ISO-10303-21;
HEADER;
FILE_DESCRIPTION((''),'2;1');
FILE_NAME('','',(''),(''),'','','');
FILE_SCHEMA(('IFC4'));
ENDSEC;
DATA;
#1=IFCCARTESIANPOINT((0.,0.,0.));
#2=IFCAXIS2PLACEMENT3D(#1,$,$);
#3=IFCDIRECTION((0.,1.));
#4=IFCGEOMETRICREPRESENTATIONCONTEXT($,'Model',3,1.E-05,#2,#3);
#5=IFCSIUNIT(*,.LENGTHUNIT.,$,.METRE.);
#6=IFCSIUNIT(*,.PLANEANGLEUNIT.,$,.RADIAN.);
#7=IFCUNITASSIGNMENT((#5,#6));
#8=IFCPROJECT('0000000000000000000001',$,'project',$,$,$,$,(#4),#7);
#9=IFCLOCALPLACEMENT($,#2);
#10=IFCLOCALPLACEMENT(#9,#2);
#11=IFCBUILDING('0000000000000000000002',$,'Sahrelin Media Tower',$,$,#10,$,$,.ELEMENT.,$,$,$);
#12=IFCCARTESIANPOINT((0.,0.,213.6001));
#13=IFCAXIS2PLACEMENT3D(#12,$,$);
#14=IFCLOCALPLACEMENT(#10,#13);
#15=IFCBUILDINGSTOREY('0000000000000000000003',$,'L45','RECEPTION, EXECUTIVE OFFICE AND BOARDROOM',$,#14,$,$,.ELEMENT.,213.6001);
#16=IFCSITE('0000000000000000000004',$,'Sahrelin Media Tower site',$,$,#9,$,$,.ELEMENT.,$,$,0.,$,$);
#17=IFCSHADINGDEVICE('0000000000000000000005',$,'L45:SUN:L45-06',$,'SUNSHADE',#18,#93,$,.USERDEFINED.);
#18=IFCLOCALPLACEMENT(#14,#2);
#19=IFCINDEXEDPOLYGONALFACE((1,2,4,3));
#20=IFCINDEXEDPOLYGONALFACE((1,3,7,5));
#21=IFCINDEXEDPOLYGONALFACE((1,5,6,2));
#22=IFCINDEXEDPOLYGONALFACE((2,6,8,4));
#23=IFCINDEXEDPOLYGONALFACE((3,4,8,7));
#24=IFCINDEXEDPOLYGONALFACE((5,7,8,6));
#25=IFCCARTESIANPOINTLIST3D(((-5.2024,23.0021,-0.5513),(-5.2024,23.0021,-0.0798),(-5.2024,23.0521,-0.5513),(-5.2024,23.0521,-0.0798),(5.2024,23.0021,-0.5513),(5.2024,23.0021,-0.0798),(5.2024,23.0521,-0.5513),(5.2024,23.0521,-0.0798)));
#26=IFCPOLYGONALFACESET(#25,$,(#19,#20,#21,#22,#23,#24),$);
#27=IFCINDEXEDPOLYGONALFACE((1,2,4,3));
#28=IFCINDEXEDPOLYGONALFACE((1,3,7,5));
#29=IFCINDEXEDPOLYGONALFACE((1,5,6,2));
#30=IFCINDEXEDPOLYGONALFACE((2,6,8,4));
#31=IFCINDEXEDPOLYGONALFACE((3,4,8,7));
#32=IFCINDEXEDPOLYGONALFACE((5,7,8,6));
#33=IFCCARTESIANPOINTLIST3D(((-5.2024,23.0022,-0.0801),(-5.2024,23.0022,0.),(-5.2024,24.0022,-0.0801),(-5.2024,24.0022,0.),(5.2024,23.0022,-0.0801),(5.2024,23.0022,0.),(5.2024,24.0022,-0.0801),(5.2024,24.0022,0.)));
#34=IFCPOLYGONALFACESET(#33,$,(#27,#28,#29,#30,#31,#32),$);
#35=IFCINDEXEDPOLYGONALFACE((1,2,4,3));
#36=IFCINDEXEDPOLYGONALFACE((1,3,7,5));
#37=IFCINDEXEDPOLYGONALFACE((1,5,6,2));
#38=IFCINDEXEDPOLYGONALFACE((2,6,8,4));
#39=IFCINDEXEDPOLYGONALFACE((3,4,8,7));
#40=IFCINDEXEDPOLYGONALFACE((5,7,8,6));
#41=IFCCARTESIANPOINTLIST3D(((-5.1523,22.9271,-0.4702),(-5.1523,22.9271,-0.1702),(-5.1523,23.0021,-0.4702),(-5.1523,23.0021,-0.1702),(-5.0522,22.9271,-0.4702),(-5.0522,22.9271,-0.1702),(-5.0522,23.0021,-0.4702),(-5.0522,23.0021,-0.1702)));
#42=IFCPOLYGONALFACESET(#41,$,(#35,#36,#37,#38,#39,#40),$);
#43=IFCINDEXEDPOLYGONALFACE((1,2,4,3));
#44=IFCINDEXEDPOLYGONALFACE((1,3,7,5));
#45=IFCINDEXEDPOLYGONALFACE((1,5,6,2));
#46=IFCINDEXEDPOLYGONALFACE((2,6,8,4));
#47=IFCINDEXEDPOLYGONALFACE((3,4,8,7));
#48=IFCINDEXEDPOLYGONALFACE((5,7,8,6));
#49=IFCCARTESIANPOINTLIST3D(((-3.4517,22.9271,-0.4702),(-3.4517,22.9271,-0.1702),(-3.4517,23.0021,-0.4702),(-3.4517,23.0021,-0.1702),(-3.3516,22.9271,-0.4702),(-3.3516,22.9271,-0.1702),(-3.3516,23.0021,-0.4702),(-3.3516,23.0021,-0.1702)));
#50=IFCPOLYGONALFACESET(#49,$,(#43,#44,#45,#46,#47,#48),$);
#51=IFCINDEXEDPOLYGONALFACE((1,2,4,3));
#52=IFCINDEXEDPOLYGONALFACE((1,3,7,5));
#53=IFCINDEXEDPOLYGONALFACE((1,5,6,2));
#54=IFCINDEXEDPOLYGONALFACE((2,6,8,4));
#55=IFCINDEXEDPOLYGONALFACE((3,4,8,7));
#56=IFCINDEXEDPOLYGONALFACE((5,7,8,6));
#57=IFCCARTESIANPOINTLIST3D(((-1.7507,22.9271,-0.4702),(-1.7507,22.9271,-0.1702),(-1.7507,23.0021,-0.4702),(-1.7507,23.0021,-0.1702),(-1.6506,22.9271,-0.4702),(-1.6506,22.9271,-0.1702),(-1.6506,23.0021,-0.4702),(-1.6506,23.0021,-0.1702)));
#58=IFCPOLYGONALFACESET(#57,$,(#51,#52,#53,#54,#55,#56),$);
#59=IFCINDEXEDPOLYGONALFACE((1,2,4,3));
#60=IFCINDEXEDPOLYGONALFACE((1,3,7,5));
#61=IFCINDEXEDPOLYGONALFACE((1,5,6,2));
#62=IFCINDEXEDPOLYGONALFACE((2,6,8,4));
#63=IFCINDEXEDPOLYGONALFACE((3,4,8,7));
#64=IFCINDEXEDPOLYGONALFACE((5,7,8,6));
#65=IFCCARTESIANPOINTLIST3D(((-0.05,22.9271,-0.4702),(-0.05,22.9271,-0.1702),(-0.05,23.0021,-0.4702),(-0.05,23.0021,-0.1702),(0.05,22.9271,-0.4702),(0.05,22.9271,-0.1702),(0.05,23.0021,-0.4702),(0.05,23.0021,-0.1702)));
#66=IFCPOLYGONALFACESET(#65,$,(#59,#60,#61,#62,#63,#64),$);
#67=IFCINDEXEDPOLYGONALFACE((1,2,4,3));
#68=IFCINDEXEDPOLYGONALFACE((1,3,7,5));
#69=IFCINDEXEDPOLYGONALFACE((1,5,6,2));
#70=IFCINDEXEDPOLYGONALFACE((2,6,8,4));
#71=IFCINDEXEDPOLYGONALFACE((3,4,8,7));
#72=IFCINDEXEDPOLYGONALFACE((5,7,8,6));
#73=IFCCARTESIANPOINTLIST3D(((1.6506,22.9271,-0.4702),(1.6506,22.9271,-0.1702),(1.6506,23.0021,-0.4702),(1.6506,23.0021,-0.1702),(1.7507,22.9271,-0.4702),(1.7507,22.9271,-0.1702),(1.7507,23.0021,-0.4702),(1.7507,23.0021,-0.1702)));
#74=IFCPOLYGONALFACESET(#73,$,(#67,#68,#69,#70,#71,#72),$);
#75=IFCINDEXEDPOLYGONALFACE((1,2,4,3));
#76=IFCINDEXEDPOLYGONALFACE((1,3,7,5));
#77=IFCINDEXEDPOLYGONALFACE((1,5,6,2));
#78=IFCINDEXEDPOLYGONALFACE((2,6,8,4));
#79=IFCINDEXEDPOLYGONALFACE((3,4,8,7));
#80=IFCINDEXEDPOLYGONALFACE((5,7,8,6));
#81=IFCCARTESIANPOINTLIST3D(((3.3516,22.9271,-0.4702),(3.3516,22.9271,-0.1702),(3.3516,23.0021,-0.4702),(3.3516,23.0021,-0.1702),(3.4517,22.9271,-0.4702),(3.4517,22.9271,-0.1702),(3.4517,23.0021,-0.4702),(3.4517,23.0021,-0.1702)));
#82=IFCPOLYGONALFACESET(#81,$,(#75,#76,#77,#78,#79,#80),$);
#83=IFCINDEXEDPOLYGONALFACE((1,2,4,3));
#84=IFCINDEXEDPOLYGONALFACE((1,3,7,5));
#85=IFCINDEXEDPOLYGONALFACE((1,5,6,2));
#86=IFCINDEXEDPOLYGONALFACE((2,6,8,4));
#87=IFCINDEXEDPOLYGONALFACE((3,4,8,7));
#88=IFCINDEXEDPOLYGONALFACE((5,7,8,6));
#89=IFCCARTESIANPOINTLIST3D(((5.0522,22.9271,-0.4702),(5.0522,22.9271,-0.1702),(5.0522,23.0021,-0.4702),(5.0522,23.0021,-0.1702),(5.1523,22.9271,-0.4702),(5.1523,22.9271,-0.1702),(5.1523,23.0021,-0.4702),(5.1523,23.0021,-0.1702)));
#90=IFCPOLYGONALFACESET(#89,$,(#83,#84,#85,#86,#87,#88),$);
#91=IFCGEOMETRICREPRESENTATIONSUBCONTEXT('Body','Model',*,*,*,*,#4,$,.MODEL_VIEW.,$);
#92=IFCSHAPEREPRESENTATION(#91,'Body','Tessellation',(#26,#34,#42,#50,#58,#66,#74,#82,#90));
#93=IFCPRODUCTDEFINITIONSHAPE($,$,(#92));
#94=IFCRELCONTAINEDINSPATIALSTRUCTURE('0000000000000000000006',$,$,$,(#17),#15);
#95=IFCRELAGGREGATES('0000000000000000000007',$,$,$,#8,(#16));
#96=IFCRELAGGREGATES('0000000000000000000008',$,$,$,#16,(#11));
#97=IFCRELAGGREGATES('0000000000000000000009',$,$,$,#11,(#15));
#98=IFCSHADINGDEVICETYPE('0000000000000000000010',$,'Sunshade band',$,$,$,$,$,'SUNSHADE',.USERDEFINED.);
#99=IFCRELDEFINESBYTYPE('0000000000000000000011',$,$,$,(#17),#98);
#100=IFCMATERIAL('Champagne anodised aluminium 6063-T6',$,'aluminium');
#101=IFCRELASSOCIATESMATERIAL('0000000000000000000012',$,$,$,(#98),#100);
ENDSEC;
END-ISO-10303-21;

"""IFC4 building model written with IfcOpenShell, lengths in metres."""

from ifc_helpers import new_model, si_unit, direction, frame, origin, origin_2d, place, context, subcontext, project, spatial, rectangle, extrude, material, type_object, element, save


model = new_model("IFC4")

# Units and contexts
model_context = context("Model", 3, precision=1e-05, world=origin(), true_north=direction((0.0, 1.0)))
body_context = subcontext(model_context, "Body", "Model", "MODEL_VIEW")
ifc_project = project(units=[si_unit("LENGTHUNIT", "METRE"), si_unit("PLANEANGLEUNIT", "RADIAN")], contexts=[model_context])

# Site, building, storey
site_placement = place(None, origin())
site = spatial("IfcSite", under=ifc_project, at=site_placement, Name="Sahrelin Media Tower site", CompositionType="ELEMENT", RefElevation=0.0)
building_placement = place(site_placement, origin())
building = spatial("IfcBuilding", under=site, at=building_placement, Name="Sahrelin Media Tower", CompositionType="ELEMENT")
storey_placement = place(building_placement, frame((0.0, 0.0, 213.6001)))
storey = spatial("IfcBuildingStorey", under=building, at=storey_placement, Name="L45", Description="RECEPTION, EXECUTIVE OFFICE AND BOARDROOM", CompositionType="ELEMENT", Elevation=213.6001)

# Shared definitions
ifc_material_1 = material(Name="Champagne anodised aluminium 6063-T6", Category="aluminium")

# Shared definitions
placement_1 = place(storey_placement, frame((0.0, 22.9822, 0.0), z_axis=(0.0, 0.0, 1.0), x_axis=(1.0, 0.0, 0.0)))

# Shading device
shading_device_type_1 = type_object("IfcShadingDeviceType", Name="Sunshade band", ElementType="SUNSHADE", PredefinedType="USERDEFINED", material=ifc_material_1)
element("IfcShadingDevice", 1, at=placement_1, inside=storey, type_object=shading_device_type_1, Name="L45:SUN:L45-06", ObjectType="SUNSHADE", PredefinedType="USERDEFINED", context=body_context, shape_type="SweptSolid", body=[
    extrude(rectangle(XDim=10.4048, YDim=0.05, at=origin_2d()), frame((0.0, 0.0449, -0.5513)), (0.0, 0.0, 1.0), 0.4714),
    extrude(rectangle(XDim=10.4048, YDim=1.0, at=origin_2d()), frame((0.0, 0.52, -0.0801)), (0.0, 0.0, 1.0), 0.0801),
    extrude(rectangle(XDim=0.1001, YDim=0.075, at=origin_2d()), frame((-5.1023, -0.0176, -0.4702)), (0.0, 0.0, 1.0), 0.3),
    extrude(rectangle(XDim=0.1001, YDim=0.075, at=origin_2d()), frame((-3.4016, -0.0176, -0.4702)), (0.0, 0.0, 1.0), 0.3),
    extrude(rectangle(XDim=0.1001, YDim=0.075, at=origin_2d()), frame((-1.7007, -0.0176, -0.4702)), (0.0, 0.0, 1.0), 0.3),
    extrude(rectangle(XDim=0.1001, YDim=0.075, at=origin_2d()), frame((0.0, -0.0176, -0.4702)), (0.0, 0.0, 1.0), 0.3),
    extrude(rectangle(XDim=0.1001, YDim=0.075, at=origin_2d()), frame((1.7007, -0.0176, -0.4702)), (0.0, 0.0, 1.0), 0.3),
    extrude(rectangle(XDim=0.1001, YDim=0.075, at=origin_2d()), frame((3.4016, -0.0176, -0.4702)), (0.0, 0.0, 1.0), 0.3),
    extrude(rectangle(XDim=0.1001, YDim=0.075, at=origin_2d()), frame((5.1023, -0.0176, -0.4702)), (0.0, 0.0, 1.0), 0.3),
])

save(model, "model.ifc")
